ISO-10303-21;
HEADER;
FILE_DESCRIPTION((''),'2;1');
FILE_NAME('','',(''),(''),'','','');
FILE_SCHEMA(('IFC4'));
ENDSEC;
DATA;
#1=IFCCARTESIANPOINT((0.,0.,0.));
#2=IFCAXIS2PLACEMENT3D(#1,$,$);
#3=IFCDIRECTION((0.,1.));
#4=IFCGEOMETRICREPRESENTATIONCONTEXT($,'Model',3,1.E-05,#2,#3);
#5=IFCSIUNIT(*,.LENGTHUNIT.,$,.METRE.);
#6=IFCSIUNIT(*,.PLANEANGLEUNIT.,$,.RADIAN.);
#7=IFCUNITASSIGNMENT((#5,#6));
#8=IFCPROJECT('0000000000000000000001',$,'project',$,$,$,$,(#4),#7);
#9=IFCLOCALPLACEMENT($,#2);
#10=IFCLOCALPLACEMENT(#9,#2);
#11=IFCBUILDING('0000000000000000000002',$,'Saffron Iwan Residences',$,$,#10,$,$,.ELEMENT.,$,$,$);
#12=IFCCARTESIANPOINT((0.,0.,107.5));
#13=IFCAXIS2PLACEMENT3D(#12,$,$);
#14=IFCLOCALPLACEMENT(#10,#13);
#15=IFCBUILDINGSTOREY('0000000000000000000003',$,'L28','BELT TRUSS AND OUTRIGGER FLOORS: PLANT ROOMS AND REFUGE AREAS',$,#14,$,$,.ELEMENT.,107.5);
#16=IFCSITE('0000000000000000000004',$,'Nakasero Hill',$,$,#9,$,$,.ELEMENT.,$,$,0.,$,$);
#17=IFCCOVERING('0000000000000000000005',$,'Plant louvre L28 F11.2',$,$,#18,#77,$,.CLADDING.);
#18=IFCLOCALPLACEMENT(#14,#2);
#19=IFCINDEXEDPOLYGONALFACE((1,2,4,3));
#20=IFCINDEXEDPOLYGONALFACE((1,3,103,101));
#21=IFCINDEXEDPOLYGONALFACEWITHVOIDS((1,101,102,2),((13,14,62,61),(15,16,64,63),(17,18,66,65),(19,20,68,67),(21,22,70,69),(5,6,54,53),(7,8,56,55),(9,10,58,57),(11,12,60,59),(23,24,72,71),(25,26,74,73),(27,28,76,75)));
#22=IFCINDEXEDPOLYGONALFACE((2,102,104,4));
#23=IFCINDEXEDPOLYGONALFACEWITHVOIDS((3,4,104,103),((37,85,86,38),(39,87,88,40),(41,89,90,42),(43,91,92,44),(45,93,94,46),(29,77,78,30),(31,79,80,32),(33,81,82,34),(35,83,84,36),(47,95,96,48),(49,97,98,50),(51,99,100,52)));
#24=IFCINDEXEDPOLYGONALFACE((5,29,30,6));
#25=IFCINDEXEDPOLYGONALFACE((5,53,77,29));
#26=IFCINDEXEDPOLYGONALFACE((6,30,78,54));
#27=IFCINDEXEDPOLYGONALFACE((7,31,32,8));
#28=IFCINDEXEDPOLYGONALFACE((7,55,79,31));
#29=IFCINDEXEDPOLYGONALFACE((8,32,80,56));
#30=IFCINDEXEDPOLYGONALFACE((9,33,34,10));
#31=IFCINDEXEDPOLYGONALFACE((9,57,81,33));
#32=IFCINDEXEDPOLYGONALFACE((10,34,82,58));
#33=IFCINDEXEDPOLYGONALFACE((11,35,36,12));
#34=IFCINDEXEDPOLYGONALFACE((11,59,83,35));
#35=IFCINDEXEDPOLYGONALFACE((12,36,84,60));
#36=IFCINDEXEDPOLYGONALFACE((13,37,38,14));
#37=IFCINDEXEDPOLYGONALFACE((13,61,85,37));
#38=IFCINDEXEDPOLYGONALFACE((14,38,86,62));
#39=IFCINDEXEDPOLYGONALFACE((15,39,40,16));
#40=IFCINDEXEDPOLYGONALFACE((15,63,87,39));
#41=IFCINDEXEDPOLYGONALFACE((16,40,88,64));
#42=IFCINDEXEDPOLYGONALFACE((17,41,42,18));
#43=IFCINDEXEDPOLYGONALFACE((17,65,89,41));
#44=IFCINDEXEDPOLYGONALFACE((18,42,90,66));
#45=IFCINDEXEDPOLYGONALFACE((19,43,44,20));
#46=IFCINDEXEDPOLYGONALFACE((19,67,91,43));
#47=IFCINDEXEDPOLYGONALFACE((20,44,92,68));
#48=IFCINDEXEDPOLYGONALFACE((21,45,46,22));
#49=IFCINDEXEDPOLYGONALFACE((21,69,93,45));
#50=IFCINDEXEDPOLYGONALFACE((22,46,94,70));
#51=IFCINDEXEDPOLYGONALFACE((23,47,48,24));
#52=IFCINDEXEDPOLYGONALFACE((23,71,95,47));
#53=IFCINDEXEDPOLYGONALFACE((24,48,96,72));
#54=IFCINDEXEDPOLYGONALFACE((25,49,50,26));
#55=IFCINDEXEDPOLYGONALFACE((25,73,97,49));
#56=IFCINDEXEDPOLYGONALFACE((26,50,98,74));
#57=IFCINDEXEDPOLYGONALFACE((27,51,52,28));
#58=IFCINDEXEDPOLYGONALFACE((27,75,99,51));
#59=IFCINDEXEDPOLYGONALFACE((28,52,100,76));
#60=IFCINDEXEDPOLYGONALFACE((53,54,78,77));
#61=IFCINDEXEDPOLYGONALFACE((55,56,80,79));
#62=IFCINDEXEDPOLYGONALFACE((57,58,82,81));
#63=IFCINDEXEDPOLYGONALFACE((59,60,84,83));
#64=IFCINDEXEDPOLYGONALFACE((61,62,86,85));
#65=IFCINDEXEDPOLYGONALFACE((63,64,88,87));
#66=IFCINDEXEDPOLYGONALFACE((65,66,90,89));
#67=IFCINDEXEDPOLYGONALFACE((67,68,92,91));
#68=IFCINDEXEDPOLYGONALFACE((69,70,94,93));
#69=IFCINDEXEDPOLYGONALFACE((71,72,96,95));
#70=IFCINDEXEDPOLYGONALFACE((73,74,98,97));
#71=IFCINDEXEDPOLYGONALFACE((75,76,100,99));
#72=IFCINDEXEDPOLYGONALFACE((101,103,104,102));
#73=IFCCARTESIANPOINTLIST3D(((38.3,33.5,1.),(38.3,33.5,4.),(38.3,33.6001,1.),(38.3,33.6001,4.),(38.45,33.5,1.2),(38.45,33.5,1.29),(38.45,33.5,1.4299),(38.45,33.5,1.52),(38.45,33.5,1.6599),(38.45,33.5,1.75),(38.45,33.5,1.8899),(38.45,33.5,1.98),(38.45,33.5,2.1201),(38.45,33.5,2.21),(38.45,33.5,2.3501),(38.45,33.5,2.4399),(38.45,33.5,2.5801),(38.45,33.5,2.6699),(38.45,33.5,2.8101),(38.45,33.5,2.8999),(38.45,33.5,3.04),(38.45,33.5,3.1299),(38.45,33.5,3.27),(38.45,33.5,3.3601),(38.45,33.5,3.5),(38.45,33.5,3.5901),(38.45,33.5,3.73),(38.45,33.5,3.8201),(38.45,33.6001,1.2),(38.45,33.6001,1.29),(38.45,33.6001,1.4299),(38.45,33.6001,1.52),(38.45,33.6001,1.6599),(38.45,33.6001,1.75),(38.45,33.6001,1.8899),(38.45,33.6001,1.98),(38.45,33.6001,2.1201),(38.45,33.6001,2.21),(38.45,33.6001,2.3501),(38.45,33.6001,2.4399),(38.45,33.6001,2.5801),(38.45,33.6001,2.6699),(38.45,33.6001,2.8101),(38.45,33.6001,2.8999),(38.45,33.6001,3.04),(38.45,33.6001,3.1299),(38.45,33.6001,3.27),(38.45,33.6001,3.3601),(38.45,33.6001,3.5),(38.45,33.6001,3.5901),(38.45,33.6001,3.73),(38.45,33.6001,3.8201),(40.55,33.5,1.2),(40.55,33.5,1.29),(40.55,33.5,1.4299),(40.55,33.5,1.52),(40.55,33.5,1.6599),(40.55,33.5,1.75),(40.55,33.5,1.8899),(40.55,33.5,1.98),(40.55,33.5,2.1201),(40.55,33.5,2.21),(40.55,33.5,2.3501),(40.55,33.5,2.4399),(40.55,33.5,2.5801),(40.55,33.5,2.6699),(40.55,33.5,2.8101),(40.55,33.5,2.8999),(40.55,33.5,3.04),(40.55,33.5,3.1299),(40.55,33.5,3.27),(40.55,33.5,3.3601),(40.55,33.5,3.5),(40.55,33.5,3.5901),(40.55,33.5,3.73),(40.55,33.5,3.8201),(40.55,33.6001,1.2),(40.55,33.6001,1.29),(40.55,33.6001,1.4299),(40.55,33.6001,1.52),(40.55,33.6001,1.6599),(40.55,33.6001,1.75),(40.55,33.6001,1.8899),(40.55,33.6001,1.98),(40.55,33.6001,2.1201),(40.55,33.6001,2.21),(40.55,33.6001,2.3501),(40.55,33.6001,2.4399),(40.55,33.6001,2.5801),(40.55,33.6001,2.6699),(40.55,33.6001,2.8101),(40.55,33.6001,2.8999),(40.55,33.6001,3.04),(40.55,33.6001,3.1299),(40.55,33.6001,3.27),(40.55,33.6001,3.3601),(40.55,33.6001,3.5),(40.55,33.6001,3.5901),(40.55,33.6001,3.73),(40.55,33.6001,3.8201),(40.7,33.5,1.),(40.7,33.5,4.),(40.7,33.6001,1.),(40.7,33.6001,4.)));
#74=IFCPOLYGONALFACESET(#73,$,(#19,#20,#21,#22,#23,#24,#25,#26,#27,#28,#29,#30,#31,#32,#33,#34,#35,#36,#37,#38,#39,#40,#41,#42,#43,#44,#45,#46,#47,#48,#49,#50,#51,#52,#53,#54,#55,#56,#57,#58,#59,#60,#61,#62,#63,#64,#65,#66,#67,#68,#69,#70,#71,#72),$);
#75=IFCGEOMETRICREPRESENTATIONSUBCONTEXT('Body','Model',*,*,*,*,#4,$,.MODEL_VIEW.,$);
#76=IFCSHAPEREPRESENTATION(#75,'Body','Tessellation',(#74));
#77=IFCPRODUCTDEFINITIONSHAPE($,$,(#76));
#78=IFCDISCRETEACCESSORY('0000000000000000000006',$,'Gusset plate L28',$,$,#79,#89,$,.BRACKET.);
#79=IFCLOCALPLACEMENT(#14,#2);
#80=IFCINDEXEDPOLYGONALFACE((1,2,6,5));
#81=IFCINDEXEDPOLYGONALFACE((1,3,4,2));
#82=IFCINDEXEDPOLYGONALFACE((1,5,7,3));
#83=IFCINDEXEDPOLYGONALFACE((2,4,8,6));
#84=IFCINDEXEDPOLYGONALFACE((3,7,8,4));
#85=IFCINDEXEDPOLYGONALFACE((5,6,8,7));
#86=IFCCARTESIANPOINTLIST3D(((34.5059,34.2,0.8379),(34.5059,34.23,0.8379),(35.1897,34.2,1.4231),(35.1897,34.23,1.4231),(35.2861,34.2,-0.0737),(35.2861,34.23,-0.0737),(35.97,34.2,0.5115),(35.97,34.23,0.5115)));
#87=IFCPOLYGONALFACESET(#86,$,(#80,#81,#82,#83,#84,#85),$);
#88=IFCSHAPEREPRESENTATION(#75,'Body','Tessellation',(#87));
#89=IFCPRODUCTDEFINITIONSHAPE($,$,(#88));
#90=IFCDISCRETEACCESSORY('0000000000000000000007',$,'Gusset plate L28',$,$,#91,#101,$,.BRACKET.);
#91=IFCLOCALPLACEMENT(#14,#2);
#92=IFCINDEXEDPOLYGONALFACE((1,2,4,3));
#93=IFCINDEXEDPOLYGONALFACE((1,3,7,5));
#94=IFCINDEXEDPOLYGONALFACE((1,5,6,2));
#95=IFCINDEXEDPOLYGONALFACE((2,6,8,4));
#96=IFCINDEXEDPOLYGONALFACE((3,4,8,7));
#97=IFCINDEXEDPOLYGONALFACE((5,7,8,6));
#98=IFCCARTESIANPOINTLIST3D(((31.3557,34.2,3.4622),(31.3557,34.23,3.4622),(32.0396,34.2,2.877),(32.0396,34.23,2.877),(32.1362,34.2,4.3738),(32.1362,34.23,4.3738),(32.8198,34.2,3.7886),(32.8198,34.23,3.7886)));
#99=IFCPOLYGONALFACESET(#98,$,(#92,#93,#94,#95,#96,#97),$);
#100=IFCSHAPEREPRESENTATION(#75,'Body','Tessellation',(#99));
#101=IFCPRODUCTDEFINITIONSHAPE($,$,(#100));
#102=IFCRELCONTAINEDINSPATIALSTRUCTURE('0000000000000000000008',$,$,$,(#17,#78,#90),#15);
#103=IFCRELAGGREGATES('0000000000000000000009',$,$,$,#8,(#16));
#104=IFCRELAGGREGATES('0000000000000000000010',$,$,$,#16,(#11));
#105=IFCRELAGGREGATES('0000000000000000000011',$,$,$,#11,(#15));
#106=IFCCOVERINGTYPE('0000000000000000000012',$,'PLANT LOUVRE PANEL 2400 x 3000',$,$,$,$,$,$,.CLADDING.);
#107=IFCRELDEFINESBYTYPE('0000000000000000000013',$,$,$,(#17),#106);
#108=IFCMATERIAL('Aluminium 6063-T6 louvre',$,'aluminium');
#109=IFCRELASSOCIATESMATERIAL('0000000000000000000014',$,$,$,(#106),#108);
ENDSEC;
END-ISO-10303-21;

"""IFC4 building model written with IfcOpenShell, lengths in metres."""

from ifc_helpers import new_model, si_unit, direction, frame, origin, place, context, subcontext, project, spatial, polyline, outline, extrude, material, type_object, element, save


model = new_model("IFC4")

# Units and contexts
model_context = context("Model", 3, precision=1e-05, world=origin(), true_north=direction((0.0, 1.0)))
body_context = subcontext(model_context, "Body", "Model", "MODEL_VIEW")
ifc_project = project(units=[si_unit("LENGTHUNIT", "METRE"), si_unit("PLANEANGLEUNIT", "RADIAN")], contexts=[model_context])

# Site, building, storey
site_placement = place(None, origin())
site = spatial("IfcSite", under=ifc_project, at=site_placement, Name="Nakasero Hill", CompositionType="ELEMENT", RefElevation=0.0)
building_placement = place(site_placement, origin())
building = spatial("IfcBuilding", under=site, at=building_placement, Name="Saffron Iwan Residences", CompositionType="ELEMENT")
storey_placement = place(building_placement, frame((0.0, 0.0, 107.5)))
storey = spatial("IfcBuildingStorey", under=building, at=storey_placement, Name="L28", Description="BELT TRUSS AND OUTRIGGER FLOORS: PLANT ROOMS AND REFUGE AREAS", CompositionType="ELEMENT", Elevation=107.5)

# Covering
ifc_material_1 = material(Name="Aluminium 6063-T6 louvre", Category="aluminium")
covering_type = type_object("IfcCoveringType", Name="PLANT LOUVRE PANEL 2400 x 3000", PredefinedType="CLADDING", material=ifc_material_1)
covering_placement = place(storey_placement, frame((38.3, 33.6001, 1.0), z_axis=(0.0, -1.0, 0.0), x_axis=(1.0, 0.0, 0.0)))
element("IfcCovering", 1, at=covering_placement, inside=storey, type_object=covering_type, Name="Plant louvre L28 F11.2", PredefinedType="CLADDING", context=body_context, shape_type="SweptSolid", body=[
    extrude(outline(polyline([(0.0, 0.0), (2.3999, 0.0), (2.3999, 3.0), (0.0, 3.0), (0.0, 0.0)]), holes=[polyline([(0.1499, 0.2), (2.25, 0.2), (2.25, 0.29), (0.1499, 0.29), (0.1499, 0.2)]), polyline([(0.1499, 0.4299), (2.25, 0.4299), (2.25, 0.52), (0.1499, 0.52), (0.1499, 0.4299)]), polyline([(0.1499, 0.6599), (2.25, 0.6599), (2.25, 0.75), (0.1499, 0.75), (0.1499, 0.6599)]), polyline([(0.1499, 0.8899), (2.25, 0.8899), (2.25, 0.98), (0.1499, 0.98), (0.1499, 0.8899)]), polyline([(0.1499, 1.1201), (2.25, 1.1201), (2.25, 1.21), (0.1499, 1.21), (0.1499, 1.1201)]), polyline([(0.1499, 1.3501), (2.25, 1.3501), (2.25, 1.4399), (0.1499, 1.4399), (0.1499, 1.3501)]), polyline([(0.1499, 1.5801), (2.25, 1.5801), (2.25, 1.6699), (0.1499, 1.6699), (0.1499, 1.5801)]), polyline([(0.1499, 1.8101), (2.25, 1.8101), (2.25, 1.8999), (0.1499, 1.8999), (0.1499, 1.8101)]), polyline([(0.1499, 2.04), (2.25, 2.04), (2.25, 2.1299), (0.1499, 2.1299), (0.1499, 2.04)]), polyline([(0.1499, 2.27), (2.25, 2.27), (2.25, 2.3601), (0.1499, 2.3601), (0.1499, 2.27)]), polyline([(0.1499, 2.5), (2.25, 2.5), (2.25, 2.5901), (0.1499, 2.5901), (0.1499, 2.5)]), polyline([(0.1499, 2.73), (2.25, 2.73), (2.25, 2.8201), (0.1499, 2.8201), (0.1499, 2.73)])]), origin(), (0.0, 0.0, 1.0), 0.1001),
])

# Discrete accessories
discrete_accessory_1_placement = place(storey_placement, frame((35.97, 34.2, 0.5115), z_axis=(0.0, -1.0, 0.0), x_axis=(-0.650255, 0.0, 0.759716)))
element("IfcDiscreteAccessory", 2, at=discrete_accessory_1_placement, inside=storey, Name="Gusset plate L28", PredefinedType="BRACKET", context=body_context, shape_type="SweptSolid", body=[
    extrude(outline(polyline([(0.0, 0.0), (1.1999, 0.0), (1.2, 0.9001), (0.0001, 0.9001), (0.0, 0.0)])), origin(), (0.0, 0.0, -1.0), 0.03),
])
discrete_accessory_2_placement = place(storey_placement, frame((32.1362, 34.2, 4.3738), z_axis=(0.0, -1.0, 0.0), x_axis=(-0.650372, 0.0, -0.759615)))
element("IfcDiscreteAccessory", 3, at=discrete_accessory_2_placement, inside=storey, Name="Gusset plate L28", PredefinedType="BRACKET", context=body_context, shape_type="SweptSolid", body=[
    extrude(outline(polyline([(0.0, 0.0), (1.2001, 0.0), (1.1999, 0.9001), (-0.0001, 0.8999), (0.0, 0.0)])), origin(), (0.0, 0.0, -1.0), 0.03),
])

save(model, "model.ifc")
